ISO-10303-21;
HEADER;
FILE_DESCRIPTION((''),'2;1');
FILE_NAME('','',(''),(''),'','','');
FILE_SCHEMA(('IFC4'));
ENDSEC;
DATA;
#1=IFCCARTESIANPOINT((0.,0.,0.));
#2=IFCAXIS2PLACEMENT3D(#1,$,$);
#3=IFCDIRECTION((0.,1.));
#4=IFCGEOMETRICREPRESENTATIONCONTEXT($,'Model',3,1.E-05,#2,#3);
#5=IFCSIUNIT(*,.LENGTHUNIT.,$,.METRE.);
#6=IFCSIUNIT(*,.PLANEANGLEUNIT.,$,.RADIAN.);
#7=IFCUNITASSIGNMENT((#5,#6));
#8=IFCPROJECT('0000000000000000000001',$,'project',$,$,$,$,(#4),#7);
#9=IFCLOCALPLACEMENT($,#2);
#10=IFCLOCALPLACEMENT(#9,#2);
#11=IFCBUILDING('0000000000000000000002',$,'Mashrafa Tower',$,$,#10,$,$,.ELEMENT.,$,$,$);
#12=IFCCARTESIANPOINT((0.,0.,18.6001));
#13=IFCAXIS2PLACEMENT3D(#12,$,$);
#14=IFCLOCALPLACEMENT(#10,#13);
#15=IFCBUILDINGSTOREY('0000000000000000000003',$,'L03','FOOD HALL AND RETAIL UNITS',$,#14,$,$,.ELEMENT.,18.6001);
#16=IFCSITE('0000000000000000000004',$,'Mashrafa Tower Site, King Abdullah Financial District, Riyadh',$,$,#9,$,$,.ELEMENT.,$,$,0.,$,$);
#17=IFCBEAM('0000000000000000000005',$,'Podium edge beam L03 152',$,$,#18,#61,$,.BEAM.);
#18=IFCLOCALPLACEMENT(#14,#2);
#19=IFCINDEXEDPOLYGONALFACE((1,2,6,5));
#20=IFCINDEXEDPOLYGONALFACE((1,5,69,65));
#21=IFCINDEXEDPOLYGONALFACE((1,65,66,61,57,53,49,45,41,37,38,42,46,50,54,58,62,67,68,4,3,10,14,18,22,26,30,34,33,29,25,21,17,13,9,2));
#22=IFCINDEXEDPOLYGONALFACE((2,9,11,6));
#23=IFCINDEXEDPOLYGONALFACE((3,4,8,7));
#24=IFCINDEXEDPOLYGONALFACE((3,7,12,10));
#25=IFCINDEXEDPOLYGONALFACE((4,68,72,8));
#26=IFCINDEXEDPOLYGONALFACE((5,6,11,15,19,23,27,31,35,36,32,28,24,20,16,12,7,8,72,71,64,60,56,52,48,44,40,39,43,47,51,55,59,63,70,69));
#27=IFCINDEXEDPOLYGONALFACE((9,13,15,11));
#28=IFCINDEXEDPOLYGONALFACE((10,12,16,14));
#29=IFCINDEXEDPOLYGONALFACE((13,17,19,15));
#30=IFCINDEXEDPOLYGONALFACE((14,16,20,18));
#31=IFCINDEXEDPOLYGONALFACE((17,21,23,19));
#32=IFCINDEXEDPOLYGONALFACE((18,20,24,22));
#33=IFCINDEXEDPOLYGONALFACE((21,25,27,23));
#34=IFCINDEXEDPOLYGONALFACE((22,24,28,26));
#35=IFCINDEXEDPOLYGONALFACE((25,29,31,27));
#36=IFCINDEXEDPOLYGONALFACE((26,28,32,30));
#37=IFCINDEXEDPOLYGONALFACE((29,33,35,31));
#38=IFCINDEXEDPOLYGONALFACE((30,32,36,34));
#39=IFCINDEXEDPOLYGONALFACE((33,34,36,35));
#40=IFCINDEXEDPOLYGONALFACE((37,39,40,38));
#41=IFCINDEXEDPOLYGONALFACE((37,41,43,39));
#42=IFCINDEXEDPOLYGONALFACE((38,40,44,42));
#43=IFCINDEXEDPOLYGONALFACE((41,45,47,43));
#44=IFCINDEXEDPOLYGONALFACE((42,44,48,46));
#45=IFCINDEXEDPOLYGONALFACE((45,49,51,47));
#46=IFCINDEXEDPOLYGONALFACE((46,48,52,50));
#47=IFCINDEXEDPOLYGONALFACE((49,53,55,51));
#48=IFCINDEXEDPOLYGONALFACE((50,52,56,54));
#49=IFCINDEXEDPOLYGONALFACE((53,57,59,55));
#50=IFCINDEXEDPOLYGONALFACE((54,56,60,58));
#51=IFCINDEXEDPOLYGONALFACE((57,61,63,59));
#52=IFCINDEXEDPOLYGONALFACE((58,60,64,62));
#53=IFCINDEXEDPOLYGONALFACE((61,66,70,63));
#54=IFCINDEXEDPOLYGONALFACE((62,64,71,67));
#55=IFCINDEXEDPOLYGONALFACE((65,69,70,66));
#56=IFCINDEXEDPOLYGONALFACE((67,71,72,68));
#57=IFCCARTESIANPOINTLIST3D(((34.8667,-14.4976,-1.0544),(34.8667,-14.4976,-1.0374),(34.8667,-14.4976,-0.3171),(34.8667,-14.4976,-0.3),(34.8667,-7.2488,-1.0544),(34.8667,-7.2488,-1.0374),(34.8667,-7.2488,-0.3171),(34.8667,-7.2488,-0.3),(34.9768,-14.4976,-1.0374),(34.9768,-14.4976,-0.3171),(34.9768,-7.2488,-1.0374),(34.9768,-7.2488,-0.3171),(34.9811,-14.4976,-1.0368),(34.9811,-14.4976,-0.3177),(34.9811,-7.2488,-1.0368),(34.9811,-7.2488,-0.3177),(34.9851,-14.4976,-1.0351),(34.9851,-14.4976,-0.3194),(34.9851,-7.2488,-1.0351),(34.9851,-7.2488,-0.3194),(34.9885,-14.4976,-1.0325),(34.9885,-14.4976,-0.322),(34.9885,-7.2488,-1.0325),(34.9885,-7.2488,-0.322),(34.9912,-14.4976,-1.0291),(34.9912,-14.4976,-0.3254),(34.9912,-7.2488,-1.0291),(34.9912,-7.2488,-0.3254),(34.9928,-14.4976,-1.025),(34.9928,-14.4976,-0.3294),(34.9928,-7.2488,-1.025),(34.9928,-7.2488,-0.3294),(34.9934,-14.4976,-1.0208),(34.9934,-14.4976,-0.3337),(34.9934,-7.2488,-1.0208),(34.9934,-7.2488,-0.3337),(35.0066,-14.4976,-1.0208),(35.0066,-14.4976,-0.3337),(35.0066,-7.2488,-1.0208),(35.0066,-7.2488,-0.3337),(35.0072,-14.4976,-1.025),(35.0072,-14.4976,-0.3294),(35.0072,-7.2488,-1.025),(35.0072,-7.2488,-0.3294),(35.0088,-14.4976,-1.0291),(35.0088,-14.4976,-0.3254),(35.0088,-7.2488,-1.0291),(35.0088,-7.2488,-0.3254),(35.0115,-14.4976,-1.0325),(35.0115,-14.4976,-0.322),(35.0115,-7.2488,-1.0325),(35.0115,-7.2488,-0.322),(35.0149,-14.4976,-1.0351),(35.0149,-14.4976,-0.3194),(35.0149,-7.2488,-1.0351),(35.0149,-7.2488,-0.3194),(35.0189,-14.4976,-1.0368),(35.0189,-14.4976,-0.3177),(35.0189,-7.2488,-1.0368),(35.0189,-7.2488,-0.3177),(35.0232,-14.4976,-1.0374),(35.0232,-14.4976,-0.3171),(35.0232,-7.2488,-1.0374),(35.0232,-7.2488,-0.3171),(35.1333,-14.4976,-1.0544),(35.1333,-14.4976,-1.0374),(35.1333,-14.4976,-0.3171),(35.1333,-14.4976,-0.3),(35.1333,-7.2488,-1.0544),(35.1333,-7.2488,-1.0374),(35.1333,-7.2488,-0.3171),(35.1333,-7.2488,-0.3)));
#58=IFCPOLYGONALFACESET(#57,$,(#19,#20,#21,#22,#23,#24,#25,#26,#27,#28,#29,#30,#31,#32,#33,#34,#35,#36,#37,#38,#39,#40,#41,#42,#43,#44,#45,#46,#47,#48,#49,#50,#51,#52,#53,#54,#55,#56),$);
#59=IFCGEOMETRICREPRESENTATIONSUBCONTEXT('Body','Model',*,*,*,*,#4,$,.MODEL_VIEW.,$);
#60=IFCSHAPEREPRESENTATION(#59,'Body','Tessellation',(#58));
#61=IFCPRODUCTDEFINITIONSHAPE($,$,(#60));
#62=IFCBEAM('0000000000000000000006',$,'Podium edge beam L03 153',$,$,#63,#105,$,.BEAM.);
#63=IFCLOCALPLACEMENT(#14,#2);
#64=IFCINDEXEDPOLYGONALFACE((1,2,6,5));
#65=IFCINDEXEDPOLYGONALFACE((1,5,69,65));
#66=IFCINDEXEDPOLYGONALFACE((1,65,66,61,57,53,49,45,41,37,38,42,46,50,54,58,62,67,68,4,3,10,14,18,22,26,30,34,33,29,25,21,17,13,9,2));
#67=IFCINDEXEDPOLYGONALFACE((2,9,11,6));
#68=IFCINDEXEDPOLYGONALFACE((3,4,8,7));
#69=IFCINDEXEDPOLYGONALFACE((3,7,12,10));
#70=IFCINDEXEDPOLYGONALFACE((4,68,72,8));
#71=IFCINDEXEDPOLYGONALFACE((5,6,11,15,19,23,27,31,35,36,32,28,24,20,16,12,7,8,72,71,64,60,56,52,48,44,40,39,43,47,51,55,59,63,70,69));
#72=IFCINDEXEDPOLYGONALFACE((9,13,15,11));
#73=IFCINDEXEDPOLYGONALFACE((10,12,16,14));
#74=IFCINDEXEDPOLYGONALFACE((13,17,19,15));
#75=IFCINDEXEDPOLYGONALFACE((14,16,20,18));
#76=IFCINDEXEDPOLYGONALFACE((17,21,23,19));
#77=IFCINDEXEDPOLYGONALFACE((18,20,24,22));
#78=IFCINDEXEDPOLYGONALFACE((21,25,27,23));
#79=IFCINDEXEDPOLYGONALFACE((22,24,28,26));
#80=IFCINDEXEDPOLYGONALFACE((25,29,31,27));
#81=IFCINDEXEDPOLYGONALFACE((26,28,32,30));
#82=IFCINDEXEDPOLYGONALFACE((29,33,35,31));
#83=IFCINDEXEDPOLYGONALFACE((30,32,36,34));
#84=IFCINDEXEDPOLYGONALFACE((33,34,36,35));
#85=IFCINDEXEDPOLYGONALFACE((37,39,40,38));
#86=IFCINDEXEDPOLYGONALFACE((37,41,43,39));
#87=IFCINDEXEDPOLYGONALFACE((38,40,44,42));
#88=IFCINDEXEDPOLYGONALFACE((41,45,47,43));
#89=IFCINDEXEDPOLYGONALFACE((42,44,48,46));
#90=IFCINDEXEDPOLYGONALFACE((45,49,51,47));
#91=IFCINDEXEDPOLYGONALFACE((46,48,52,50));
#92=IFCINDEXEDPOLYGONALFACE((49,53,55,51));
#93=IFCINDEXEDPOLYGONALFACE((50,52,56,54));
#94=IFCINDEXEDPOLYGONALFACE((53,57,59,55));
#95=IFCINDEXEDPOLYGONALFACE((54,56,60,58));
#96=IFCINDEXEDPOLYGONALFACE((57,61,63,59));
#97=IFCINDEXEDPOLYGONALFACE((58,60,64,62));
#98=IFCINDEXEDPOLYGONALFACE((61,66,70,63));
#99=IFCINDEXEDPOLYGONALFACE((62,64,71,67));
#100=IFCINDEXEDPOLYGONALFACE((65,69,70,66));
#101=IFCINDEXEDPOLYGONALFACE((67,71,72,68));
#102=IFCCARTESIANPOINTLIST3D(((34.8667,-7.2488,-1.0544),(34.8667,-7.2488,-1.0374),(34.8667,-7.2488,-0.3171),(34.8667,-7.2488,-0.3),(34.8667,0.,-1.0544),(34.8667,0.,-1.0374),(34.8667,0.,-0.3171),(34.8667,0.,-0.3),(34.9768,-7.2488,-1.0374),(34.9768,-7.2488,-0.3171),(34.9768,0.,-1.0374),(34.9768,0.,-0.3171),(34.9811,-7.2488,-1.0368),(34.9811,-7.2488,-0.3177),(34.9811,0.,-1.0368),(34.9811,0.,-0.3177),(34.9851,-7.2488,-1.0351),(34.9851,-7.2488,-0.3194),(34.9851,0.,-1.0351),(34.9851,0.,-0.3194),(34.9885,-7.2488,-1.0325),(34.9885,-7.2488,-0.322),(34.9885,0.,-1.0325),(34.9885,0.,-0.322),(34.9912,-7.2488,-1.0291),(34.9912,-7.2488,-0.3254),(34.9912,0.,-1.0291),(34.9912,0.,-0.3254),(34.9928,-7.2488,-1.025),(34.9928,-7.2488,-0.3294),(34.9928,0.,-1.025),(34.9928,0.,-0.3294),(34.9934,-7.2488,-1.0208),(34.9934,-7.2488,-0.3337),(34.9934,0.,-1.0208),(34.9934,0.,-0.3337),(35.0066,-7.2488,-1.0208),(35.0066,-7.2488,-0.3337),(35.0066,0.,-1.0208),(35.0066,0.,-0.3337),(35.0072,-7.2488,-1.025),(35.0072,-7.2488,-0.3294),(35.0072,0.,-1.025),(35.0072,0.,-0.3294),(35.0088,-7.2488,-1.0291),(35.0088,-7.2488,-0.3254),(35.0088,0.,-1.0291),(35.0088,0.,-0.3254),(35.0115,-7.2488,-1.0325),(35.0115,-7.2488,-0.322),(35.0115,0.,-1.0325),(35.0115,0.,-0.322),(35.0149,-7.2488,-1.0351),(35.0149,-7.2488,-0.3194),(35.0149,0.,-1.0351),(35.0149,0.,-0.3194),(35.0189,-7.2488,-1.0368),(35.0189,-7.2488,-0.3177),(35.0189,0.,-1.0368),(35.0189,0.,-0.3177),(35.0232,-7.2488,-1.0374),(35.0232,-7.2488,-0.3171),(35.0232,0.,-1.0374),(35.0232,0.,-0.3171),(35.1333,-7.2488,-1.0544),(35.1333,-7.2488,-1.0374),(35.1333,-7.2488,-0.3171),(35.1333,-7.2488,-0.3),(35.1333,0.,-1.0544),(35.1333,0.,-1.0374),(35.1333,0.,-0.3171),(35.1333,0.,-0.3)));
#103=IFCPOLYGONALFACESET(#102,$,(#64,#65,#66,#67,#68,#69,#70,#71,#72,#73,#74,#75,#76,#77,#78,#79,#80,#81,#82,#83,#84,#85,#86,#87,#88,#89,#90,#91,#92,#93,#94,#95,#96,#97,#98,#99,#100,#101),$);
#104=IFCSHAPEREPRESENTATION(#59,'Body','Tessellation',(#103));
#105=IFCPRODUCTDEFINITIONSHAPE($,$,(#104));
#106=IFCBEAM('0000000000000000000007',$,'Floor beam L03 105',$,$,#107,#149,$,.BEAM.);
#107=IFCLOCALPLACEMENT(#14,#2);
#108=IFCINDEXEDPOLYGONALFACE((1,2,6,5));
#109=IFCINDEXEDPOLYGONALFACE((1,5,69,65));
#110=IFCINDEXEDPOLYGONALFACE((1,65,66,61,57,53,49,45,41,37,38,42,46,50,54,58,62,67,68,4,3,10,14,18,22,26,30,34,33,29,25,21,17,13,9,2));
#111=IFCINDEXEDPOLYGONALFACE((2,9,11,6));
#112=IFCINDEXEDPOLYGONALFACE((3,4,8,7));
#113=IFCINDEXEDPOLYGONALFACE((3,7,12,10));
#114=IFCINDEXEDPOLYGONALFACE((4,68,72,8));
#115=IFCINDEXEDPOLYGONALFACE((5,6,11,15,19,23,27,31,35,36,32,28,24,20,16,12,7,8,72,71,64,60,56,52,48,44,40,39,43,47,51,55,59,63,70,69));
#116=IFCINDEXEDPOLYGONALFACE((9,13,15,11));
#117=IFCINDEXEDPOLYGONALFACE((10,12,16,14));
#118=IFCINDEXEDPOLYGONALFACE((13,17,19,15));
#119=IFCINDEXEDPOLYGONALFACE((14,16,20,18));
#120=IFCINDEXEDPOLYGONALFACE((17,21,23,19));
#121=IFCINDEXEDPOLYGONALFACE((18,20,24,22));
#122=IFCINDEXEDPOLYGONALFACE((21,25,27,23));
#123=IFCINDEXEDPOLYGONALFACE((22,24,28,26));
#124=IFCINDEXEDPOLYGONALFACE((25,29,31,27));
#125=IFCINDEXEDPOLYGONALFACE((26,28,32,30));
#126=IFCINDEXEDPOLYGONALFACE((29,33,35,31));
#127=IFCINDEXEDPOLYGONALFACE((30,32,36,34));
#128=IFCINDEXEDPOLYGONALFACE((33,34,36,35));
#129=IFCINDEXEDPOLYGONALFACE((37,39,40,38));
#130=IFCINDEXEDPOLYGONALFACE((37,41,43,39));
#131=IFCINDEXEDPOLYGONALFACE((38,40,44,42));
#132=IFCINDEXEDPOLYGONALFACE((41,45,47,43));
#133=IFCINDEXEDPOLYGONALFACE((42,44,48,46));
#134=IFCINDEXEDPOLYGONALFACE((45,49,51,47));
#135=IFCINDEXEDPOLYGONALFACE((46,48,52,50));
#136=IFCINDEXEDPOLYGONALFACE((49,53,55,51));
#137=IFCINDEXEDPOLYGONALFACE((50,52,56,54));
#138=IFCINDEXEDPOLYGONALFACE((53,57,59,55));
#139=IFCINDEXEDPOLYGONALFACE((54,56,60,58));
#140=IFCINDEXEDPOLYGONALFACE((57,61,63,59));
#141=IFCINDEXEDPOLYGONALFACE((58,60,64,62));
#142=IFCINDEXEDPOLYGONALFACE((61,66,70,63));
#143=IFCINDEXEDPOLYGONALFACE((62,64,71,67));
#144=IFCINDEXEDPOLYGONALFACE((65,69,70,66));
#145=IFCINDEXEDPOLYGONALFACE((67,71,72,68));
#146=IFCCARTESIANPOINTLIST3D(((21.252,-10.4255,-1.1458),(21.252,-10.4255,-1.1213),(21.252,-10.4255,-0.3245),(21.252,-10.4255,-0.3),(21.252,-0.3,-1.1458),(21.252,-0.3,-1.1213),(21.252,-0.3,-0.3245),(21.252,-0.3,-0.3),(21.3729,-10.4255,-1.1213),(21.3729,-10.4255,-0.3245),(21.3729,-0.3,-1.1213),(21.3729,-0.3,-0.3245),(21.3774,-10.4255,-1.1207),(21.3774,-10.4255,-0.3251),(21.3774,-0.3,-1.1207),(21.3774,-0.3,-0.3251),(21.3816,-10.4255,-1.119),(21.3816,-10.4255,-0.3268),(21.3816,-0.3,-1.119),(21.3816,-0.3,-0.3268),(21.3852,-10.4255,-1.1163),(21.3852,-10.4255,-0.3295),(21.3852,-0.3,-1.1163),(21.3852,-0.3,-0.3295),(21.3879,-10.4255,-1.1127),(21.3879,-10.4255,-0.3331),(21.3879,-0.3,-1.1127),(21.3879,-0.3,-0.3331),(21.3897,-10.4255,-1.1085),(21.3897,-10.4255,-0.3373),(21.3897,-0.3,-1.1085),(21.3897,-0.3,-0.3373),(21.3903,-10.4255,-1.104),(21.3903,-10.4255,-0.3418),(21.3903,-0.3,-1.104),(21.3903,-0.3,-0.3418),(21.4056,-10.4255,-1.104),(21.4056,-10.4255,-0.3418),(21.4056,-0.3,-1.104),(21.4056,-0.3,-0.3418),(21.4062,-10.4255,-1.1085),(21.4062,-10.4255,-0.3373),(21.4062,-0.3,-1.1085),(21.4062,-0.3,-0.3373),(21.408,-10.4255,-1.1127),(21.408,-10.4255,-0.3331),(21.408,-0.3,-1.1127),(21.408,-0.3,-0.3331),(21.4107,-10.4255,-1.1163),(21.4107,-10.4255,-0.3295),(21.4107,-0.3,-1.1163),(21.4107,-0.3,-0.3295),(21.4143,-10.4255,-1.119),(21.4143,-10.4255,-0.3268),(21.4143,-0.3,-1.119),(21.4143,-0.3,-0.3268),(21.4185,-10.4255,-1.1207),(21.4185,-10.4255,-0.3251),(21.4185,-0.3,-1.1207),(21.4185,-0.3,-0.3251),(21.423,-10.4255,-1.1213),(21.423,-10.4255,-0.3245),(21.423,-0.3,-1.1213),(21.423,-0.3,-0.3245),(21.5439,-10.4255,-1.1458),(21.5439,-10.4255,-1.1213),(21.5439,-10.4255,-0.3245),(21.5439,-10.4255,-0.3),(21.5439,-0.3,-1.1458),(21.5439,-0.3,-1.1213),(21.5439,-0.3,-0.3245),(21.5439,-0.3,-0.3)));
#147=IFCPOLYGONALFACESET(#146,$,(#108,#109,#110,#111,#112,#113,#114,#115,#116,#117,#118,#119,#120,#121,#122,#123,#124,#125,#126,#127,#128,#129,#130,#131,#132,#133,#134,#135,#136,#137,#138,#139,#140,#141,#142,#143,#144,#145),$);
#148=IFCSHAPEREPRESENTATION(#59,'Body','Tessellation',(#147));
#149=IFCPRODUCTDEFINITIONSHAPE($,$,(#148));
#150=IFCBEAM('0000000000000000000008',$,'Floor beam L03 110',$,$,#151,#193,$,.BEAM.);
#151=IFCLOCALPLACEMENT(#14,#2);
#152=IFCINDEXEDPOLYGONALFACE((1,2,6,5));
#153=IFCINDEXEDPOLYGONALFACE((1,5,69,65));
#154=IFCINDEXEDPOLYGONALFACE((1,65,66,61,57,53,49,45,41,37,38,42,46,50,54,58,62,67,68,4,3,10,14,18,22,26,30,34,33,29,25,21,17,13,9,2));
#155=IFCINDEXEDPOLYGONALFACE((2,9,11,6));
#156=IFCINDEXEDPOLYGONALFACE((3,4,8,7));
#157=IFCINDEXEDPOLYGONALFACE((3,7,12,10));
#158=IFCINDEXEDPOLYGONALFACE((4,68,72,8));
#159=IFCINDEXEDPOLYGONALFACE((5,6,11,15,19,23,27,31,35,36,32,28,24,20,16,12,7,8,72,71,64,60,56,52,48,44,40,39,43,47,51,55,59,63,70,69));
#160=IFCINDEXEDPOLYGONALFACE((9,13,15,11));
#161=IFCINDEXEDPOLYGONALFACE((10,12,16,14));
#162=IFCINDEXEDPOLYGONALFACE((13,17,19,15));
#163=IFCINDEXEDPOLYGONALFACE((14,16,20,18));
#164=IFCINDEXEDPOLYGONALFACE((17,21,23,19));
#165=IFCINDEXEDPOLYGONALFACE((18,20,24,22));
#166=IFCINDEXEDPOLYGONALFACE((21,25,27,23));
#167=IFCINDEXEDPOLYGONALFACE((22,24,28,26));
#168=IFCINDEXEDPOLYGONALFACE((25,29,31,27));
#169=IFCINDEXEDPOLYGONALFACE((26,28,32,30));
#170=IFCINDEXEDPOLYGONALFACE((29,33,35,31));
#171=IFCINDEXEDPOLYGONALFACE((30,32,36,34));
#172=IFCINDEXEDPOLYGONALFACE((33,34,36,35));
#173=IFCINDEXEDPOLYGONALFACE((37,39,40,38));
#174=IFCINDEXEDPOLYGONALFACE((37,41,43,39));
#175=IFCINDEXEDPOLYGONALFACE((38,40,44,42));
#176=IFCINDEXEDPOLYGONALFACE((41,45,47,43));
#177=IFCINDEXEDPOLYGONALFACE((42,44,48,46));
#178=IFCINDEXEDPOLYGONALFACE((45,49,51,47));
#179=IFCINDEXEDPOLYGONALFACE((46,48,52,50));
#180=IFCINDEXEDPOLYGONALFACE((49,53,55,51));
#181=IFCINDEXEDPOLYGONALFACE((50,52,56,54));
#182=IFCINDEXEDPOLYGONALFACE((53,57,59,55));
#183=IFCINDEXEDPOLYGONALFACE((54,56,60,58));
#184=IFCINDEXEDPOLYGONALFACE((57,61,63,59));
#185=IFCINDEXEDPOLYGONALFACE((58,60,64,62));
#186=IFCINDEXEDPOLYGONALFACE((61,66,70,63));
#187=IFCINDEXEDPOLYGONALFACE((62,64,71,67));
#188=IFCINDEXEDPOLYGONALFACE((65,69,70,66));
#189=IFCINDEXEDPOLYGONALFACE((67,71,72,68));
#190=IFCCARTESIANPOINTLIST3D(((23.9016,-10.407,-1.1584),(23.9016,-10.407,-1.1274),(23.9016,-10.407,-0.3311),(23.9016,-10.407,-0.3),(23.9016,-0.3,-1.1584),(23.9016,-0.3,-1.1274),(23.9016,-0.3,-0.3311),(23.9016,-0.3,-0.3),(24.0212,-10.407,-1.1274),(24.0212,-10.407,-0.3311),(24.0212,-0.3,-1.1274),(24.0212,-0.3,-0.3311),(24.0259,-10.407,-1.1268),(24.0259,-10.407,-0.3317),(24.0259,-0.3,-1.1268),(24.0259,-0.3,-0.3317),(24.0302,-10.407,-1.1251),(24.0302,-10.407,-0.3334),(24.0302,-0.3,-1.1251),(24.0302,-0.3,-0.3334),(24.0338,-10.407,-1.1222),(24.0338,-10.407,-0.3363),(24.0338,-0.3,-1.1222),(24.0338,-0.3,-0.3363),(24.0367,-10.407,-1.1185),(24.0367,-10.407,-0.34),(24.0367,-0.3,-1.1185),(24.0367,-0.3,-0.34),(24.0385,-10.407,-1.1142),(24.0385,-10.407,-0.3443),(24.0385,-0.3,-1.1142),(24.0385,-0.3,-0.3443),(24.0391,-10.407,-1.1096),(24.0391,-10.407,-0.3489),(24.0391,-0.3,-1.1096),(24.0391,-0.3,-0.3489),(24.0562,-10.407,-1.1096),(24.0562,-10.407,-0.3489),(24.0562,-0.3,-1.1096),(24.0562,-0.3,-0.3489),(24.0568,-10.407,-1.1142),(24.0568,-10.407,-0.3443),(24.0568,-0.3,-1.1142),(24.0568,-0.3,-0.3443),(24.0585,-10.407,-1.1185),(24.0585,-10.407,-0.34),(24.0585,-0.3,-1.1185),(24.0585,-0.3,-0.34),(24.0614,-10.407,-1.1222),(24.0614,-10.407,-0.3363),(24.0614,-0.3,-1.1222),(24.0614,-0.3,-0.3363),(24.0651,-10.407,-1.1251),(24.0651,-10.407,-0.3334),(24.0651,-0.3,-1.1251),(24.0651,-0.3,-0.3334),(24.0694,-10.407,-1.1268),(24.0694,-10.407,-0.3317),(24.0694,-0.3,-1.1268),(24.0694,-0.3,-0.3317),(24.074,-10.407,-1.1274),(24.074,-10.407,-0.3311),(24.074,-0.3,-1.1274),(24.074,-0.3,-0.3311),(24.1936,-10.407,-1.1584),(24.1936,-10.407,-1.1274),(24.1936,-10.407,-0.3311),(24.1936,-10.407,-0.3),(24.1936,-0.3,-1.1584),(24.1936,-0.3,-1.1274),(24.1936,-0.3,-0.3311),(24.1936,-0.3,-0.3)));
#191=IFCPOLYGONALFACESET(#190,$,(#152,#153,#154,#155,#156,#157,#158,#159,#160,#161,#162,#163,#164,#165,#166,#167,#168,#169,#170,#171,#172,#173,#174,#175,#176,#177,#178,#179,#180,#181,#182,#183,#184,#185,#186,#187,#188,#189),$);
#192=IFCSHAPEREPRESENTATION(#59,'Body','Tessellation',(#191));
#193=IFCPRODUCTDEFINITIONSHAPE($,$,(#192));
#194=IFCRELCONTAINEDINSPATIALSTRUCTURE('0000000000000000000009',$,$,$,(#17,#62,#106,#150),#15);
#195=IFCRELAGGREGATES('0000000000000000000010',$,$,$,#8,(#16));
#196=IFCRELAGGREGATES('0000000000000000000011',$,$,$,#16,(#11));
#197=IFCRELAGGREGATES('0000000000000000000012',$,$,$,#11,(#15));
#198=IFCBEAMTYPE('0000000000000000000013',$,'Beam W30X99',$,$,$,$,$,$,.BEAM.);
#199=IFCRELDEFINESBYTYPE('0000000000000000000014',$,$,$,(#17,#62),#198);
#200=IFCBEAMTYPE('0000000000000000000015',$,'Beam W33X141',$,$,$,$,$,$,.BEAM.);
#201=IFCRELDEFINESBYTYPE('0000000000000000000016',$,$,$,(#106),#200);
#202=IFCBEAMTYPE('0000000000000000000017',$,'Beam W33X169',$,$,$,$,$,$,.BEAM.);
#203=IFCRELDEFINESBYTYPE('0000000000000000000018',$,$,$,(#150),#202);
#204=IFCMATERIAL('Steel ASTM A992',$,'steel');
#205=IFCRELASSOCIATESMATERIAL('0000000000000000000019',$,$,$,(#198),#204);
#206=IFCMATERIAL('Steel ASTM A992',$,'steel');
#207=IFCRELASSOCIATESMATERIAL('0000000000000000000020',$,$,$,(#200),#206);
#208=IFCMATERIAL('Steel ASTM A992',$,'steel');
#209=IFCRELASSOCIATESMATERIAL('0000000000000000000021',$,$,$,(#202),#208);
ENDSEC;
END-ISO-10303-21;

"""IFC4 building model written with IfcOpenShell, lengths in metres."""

from ifc_helpers import new_model, si_unit, direction, frame, origin, origin_2d, place, context, subcontext, project, spatial, i_section, extrude, material, material_profile, profile_set, type_object, element, save


model = new_model("IFC4")

# Units and contexts
model_context = context("Model", 3, precision=1e-05, world=origin(), true_north=direction((0.0, 1.0)))
body_context = subcontext(model_context, "Body", "Model", "MODEL_VIEW")
ifc_project = project(units=[si_unit("LENGTHUNIT", "METRE"), si_unit("PLANEANGLEUNIT", "RADIAN")], contexts=[model_context])

# Site, building, storey
site_placement = place(None, origin())
site = spatial("IfcSite", under=ifc_project, at=site_placement, Name="Mashrafa Tower Site, King Abdullah Financial District, Riyadh", CompositionType="ELEMENT", RefElevation=0.0)
building_placement = place(site_placement, origin())
building = spatial("IfcBuilding", under=site, at=building_placement, Name="Mashrafa Tower", CompositionType="ELEMENT")
storey_placement = place(building_placement, frame((0.0, 0.0, 18.6001)))
storey = spatial("IfcBuildingStorey", under=building, at=storey_placement, Name="L03", Description="FOOD HALL AND RETAIL UNITS", CompositionType="ELEMENT", Elevation=18.6001)

# Beams
ifc_material_1 = material(Name="Steel ASTM A992", Category="steel")
ifc_material_profile_1 = material_profile(ifc_material_1, i_section(OverallWidth=0.2666, OverallDepth=0.7544, WebThickness=0.0132, FlangeThickness=0.0171, FilletRadius=0.0166, at=origin_2d()), Name="W30X99")
ifc_profile_set_1 = profile_set([ifc_material_profile_1], Name="Steel ASTM A992")
beam_type_1 = type_object("IfcBeamType", Name="Beam W30X99", PredefinedType="BEAM", material=ifc_profile_set_1)
for number, where, z_axis, x_axis, name in (
    (1, (35.0, -14.4976, -0.6772), (0.0, 1.0, 0.0), (-1.0, 0.0, 0.0), "Podium edge beam L03 152"),
    (2, (35.0, -7.2488, -0.6772), (0.0, 1.0, 0.0), (-1.0, 0.0, 0.0), "Podium edge beam L03 153"),
):
    element("IfcBeam", number, at=place(storey_placement, frame(where, z_axis=z_axis, x_axis=x_axis)), inside=storey, type_object=beam_type_1, Name=name, PredefinedType="BEAM", context=body_context, shape_type="SweptSolid", body=[
        extrude(i_section(OverallWidth=0.2666, OverallDepth=0.7544, WebThickness=0.0132, FlangeThickness=0.0171, FilletRadius=0.0166, at=origin_2d()), origin(), (0.0, 0.0, 1.0), 7.2488),
    ])
ifc_material_2 = material(Name="Steel ASTM A992", Category="steel")
ifc_material_profile_2 = material_profile(ifc_material_2, i_section(OverallWidth=0.292, OverallDepth=0.8457, WebThickness=0.0154, FlangeThickness=0.0244, FilletRadius=0.0173, at=origin_2d()), Name="W33X141")
ifc_profile_set_2 = profile_set([ifc_material_profile_2], Name="Steel ASTM A992")
beam_type_2 = type_object("IfcBeamType", Name="Beam W33X141", PredefinedType="BEAM", material=ifc_profile_set_2)
beam_1_placement = place(storey_placement, frame((21.3979, -0.3, -0.7229), z_axis=(0.0, -1.0, 0.0), x_axis=(1.0, 0.0, 0.0)))
element("IfcBeam", 3, at=beam_1_placement, inside=storey, type_object=beam_type_2, Name="Floor beam L03 105", PredefinedType="BEAM", context=body_context, shape_type="SweptSolid", body=[
    extrude(i_section(OverallWidth=0.292, OverallDepth=0.8457, WebThickness=0.0154, FlangeThickness=0.0244, FilletRadius=0.0173, at=origin_2d()), origin(), (0.0, 0.0, 1.0), 10.1255),
])
ifc_material_3 = material(Name="Steel ASTM A992", Category="steel")
ifc_material_profile_3 = material_profile(ifc_material_3, i_section(OverallWidth=0.292, OverallDepth=0.8584, WebThickness=0.0171, FlangeThickness=0.031, FilletRadius=0.0178, at=origin_2d()), Name="W33X169")
ifc_profile_set_3 = profile_set([ifc_material_profile_3], Name="Steel ASTM A992")
beam_type_3 = type_object("IfcBeamType", Name="Beam W33X169", PredefinedType="BEAM", material=ifc_profile_set_3)
beam_2_placement = place(storey_placement, frame((24.0476, -0.3, -0.7292), z_axis=(0.0, -1.0, 0.0), x_axis=(1.0, 0.0, 0.0)))
element("IfcBeam", 4, at=beam_2_placement, inside=storey, type_object=beam_type_3, Name="Floor beam L03 110", PredefinedType="BEAM", context=body_context, shape_type="SweptSolid", body=[
    extrude(i_section(OverallWidth=0.292, OverallDepth=0.8584, WebThickness=0.0171, FlangeThickness=0.031, FilletRadius=0.0178, at=origin_2d()), origin(), (0.0, 0.0, 1.0), 10.1069),
])

save(model, "model.ifc")
